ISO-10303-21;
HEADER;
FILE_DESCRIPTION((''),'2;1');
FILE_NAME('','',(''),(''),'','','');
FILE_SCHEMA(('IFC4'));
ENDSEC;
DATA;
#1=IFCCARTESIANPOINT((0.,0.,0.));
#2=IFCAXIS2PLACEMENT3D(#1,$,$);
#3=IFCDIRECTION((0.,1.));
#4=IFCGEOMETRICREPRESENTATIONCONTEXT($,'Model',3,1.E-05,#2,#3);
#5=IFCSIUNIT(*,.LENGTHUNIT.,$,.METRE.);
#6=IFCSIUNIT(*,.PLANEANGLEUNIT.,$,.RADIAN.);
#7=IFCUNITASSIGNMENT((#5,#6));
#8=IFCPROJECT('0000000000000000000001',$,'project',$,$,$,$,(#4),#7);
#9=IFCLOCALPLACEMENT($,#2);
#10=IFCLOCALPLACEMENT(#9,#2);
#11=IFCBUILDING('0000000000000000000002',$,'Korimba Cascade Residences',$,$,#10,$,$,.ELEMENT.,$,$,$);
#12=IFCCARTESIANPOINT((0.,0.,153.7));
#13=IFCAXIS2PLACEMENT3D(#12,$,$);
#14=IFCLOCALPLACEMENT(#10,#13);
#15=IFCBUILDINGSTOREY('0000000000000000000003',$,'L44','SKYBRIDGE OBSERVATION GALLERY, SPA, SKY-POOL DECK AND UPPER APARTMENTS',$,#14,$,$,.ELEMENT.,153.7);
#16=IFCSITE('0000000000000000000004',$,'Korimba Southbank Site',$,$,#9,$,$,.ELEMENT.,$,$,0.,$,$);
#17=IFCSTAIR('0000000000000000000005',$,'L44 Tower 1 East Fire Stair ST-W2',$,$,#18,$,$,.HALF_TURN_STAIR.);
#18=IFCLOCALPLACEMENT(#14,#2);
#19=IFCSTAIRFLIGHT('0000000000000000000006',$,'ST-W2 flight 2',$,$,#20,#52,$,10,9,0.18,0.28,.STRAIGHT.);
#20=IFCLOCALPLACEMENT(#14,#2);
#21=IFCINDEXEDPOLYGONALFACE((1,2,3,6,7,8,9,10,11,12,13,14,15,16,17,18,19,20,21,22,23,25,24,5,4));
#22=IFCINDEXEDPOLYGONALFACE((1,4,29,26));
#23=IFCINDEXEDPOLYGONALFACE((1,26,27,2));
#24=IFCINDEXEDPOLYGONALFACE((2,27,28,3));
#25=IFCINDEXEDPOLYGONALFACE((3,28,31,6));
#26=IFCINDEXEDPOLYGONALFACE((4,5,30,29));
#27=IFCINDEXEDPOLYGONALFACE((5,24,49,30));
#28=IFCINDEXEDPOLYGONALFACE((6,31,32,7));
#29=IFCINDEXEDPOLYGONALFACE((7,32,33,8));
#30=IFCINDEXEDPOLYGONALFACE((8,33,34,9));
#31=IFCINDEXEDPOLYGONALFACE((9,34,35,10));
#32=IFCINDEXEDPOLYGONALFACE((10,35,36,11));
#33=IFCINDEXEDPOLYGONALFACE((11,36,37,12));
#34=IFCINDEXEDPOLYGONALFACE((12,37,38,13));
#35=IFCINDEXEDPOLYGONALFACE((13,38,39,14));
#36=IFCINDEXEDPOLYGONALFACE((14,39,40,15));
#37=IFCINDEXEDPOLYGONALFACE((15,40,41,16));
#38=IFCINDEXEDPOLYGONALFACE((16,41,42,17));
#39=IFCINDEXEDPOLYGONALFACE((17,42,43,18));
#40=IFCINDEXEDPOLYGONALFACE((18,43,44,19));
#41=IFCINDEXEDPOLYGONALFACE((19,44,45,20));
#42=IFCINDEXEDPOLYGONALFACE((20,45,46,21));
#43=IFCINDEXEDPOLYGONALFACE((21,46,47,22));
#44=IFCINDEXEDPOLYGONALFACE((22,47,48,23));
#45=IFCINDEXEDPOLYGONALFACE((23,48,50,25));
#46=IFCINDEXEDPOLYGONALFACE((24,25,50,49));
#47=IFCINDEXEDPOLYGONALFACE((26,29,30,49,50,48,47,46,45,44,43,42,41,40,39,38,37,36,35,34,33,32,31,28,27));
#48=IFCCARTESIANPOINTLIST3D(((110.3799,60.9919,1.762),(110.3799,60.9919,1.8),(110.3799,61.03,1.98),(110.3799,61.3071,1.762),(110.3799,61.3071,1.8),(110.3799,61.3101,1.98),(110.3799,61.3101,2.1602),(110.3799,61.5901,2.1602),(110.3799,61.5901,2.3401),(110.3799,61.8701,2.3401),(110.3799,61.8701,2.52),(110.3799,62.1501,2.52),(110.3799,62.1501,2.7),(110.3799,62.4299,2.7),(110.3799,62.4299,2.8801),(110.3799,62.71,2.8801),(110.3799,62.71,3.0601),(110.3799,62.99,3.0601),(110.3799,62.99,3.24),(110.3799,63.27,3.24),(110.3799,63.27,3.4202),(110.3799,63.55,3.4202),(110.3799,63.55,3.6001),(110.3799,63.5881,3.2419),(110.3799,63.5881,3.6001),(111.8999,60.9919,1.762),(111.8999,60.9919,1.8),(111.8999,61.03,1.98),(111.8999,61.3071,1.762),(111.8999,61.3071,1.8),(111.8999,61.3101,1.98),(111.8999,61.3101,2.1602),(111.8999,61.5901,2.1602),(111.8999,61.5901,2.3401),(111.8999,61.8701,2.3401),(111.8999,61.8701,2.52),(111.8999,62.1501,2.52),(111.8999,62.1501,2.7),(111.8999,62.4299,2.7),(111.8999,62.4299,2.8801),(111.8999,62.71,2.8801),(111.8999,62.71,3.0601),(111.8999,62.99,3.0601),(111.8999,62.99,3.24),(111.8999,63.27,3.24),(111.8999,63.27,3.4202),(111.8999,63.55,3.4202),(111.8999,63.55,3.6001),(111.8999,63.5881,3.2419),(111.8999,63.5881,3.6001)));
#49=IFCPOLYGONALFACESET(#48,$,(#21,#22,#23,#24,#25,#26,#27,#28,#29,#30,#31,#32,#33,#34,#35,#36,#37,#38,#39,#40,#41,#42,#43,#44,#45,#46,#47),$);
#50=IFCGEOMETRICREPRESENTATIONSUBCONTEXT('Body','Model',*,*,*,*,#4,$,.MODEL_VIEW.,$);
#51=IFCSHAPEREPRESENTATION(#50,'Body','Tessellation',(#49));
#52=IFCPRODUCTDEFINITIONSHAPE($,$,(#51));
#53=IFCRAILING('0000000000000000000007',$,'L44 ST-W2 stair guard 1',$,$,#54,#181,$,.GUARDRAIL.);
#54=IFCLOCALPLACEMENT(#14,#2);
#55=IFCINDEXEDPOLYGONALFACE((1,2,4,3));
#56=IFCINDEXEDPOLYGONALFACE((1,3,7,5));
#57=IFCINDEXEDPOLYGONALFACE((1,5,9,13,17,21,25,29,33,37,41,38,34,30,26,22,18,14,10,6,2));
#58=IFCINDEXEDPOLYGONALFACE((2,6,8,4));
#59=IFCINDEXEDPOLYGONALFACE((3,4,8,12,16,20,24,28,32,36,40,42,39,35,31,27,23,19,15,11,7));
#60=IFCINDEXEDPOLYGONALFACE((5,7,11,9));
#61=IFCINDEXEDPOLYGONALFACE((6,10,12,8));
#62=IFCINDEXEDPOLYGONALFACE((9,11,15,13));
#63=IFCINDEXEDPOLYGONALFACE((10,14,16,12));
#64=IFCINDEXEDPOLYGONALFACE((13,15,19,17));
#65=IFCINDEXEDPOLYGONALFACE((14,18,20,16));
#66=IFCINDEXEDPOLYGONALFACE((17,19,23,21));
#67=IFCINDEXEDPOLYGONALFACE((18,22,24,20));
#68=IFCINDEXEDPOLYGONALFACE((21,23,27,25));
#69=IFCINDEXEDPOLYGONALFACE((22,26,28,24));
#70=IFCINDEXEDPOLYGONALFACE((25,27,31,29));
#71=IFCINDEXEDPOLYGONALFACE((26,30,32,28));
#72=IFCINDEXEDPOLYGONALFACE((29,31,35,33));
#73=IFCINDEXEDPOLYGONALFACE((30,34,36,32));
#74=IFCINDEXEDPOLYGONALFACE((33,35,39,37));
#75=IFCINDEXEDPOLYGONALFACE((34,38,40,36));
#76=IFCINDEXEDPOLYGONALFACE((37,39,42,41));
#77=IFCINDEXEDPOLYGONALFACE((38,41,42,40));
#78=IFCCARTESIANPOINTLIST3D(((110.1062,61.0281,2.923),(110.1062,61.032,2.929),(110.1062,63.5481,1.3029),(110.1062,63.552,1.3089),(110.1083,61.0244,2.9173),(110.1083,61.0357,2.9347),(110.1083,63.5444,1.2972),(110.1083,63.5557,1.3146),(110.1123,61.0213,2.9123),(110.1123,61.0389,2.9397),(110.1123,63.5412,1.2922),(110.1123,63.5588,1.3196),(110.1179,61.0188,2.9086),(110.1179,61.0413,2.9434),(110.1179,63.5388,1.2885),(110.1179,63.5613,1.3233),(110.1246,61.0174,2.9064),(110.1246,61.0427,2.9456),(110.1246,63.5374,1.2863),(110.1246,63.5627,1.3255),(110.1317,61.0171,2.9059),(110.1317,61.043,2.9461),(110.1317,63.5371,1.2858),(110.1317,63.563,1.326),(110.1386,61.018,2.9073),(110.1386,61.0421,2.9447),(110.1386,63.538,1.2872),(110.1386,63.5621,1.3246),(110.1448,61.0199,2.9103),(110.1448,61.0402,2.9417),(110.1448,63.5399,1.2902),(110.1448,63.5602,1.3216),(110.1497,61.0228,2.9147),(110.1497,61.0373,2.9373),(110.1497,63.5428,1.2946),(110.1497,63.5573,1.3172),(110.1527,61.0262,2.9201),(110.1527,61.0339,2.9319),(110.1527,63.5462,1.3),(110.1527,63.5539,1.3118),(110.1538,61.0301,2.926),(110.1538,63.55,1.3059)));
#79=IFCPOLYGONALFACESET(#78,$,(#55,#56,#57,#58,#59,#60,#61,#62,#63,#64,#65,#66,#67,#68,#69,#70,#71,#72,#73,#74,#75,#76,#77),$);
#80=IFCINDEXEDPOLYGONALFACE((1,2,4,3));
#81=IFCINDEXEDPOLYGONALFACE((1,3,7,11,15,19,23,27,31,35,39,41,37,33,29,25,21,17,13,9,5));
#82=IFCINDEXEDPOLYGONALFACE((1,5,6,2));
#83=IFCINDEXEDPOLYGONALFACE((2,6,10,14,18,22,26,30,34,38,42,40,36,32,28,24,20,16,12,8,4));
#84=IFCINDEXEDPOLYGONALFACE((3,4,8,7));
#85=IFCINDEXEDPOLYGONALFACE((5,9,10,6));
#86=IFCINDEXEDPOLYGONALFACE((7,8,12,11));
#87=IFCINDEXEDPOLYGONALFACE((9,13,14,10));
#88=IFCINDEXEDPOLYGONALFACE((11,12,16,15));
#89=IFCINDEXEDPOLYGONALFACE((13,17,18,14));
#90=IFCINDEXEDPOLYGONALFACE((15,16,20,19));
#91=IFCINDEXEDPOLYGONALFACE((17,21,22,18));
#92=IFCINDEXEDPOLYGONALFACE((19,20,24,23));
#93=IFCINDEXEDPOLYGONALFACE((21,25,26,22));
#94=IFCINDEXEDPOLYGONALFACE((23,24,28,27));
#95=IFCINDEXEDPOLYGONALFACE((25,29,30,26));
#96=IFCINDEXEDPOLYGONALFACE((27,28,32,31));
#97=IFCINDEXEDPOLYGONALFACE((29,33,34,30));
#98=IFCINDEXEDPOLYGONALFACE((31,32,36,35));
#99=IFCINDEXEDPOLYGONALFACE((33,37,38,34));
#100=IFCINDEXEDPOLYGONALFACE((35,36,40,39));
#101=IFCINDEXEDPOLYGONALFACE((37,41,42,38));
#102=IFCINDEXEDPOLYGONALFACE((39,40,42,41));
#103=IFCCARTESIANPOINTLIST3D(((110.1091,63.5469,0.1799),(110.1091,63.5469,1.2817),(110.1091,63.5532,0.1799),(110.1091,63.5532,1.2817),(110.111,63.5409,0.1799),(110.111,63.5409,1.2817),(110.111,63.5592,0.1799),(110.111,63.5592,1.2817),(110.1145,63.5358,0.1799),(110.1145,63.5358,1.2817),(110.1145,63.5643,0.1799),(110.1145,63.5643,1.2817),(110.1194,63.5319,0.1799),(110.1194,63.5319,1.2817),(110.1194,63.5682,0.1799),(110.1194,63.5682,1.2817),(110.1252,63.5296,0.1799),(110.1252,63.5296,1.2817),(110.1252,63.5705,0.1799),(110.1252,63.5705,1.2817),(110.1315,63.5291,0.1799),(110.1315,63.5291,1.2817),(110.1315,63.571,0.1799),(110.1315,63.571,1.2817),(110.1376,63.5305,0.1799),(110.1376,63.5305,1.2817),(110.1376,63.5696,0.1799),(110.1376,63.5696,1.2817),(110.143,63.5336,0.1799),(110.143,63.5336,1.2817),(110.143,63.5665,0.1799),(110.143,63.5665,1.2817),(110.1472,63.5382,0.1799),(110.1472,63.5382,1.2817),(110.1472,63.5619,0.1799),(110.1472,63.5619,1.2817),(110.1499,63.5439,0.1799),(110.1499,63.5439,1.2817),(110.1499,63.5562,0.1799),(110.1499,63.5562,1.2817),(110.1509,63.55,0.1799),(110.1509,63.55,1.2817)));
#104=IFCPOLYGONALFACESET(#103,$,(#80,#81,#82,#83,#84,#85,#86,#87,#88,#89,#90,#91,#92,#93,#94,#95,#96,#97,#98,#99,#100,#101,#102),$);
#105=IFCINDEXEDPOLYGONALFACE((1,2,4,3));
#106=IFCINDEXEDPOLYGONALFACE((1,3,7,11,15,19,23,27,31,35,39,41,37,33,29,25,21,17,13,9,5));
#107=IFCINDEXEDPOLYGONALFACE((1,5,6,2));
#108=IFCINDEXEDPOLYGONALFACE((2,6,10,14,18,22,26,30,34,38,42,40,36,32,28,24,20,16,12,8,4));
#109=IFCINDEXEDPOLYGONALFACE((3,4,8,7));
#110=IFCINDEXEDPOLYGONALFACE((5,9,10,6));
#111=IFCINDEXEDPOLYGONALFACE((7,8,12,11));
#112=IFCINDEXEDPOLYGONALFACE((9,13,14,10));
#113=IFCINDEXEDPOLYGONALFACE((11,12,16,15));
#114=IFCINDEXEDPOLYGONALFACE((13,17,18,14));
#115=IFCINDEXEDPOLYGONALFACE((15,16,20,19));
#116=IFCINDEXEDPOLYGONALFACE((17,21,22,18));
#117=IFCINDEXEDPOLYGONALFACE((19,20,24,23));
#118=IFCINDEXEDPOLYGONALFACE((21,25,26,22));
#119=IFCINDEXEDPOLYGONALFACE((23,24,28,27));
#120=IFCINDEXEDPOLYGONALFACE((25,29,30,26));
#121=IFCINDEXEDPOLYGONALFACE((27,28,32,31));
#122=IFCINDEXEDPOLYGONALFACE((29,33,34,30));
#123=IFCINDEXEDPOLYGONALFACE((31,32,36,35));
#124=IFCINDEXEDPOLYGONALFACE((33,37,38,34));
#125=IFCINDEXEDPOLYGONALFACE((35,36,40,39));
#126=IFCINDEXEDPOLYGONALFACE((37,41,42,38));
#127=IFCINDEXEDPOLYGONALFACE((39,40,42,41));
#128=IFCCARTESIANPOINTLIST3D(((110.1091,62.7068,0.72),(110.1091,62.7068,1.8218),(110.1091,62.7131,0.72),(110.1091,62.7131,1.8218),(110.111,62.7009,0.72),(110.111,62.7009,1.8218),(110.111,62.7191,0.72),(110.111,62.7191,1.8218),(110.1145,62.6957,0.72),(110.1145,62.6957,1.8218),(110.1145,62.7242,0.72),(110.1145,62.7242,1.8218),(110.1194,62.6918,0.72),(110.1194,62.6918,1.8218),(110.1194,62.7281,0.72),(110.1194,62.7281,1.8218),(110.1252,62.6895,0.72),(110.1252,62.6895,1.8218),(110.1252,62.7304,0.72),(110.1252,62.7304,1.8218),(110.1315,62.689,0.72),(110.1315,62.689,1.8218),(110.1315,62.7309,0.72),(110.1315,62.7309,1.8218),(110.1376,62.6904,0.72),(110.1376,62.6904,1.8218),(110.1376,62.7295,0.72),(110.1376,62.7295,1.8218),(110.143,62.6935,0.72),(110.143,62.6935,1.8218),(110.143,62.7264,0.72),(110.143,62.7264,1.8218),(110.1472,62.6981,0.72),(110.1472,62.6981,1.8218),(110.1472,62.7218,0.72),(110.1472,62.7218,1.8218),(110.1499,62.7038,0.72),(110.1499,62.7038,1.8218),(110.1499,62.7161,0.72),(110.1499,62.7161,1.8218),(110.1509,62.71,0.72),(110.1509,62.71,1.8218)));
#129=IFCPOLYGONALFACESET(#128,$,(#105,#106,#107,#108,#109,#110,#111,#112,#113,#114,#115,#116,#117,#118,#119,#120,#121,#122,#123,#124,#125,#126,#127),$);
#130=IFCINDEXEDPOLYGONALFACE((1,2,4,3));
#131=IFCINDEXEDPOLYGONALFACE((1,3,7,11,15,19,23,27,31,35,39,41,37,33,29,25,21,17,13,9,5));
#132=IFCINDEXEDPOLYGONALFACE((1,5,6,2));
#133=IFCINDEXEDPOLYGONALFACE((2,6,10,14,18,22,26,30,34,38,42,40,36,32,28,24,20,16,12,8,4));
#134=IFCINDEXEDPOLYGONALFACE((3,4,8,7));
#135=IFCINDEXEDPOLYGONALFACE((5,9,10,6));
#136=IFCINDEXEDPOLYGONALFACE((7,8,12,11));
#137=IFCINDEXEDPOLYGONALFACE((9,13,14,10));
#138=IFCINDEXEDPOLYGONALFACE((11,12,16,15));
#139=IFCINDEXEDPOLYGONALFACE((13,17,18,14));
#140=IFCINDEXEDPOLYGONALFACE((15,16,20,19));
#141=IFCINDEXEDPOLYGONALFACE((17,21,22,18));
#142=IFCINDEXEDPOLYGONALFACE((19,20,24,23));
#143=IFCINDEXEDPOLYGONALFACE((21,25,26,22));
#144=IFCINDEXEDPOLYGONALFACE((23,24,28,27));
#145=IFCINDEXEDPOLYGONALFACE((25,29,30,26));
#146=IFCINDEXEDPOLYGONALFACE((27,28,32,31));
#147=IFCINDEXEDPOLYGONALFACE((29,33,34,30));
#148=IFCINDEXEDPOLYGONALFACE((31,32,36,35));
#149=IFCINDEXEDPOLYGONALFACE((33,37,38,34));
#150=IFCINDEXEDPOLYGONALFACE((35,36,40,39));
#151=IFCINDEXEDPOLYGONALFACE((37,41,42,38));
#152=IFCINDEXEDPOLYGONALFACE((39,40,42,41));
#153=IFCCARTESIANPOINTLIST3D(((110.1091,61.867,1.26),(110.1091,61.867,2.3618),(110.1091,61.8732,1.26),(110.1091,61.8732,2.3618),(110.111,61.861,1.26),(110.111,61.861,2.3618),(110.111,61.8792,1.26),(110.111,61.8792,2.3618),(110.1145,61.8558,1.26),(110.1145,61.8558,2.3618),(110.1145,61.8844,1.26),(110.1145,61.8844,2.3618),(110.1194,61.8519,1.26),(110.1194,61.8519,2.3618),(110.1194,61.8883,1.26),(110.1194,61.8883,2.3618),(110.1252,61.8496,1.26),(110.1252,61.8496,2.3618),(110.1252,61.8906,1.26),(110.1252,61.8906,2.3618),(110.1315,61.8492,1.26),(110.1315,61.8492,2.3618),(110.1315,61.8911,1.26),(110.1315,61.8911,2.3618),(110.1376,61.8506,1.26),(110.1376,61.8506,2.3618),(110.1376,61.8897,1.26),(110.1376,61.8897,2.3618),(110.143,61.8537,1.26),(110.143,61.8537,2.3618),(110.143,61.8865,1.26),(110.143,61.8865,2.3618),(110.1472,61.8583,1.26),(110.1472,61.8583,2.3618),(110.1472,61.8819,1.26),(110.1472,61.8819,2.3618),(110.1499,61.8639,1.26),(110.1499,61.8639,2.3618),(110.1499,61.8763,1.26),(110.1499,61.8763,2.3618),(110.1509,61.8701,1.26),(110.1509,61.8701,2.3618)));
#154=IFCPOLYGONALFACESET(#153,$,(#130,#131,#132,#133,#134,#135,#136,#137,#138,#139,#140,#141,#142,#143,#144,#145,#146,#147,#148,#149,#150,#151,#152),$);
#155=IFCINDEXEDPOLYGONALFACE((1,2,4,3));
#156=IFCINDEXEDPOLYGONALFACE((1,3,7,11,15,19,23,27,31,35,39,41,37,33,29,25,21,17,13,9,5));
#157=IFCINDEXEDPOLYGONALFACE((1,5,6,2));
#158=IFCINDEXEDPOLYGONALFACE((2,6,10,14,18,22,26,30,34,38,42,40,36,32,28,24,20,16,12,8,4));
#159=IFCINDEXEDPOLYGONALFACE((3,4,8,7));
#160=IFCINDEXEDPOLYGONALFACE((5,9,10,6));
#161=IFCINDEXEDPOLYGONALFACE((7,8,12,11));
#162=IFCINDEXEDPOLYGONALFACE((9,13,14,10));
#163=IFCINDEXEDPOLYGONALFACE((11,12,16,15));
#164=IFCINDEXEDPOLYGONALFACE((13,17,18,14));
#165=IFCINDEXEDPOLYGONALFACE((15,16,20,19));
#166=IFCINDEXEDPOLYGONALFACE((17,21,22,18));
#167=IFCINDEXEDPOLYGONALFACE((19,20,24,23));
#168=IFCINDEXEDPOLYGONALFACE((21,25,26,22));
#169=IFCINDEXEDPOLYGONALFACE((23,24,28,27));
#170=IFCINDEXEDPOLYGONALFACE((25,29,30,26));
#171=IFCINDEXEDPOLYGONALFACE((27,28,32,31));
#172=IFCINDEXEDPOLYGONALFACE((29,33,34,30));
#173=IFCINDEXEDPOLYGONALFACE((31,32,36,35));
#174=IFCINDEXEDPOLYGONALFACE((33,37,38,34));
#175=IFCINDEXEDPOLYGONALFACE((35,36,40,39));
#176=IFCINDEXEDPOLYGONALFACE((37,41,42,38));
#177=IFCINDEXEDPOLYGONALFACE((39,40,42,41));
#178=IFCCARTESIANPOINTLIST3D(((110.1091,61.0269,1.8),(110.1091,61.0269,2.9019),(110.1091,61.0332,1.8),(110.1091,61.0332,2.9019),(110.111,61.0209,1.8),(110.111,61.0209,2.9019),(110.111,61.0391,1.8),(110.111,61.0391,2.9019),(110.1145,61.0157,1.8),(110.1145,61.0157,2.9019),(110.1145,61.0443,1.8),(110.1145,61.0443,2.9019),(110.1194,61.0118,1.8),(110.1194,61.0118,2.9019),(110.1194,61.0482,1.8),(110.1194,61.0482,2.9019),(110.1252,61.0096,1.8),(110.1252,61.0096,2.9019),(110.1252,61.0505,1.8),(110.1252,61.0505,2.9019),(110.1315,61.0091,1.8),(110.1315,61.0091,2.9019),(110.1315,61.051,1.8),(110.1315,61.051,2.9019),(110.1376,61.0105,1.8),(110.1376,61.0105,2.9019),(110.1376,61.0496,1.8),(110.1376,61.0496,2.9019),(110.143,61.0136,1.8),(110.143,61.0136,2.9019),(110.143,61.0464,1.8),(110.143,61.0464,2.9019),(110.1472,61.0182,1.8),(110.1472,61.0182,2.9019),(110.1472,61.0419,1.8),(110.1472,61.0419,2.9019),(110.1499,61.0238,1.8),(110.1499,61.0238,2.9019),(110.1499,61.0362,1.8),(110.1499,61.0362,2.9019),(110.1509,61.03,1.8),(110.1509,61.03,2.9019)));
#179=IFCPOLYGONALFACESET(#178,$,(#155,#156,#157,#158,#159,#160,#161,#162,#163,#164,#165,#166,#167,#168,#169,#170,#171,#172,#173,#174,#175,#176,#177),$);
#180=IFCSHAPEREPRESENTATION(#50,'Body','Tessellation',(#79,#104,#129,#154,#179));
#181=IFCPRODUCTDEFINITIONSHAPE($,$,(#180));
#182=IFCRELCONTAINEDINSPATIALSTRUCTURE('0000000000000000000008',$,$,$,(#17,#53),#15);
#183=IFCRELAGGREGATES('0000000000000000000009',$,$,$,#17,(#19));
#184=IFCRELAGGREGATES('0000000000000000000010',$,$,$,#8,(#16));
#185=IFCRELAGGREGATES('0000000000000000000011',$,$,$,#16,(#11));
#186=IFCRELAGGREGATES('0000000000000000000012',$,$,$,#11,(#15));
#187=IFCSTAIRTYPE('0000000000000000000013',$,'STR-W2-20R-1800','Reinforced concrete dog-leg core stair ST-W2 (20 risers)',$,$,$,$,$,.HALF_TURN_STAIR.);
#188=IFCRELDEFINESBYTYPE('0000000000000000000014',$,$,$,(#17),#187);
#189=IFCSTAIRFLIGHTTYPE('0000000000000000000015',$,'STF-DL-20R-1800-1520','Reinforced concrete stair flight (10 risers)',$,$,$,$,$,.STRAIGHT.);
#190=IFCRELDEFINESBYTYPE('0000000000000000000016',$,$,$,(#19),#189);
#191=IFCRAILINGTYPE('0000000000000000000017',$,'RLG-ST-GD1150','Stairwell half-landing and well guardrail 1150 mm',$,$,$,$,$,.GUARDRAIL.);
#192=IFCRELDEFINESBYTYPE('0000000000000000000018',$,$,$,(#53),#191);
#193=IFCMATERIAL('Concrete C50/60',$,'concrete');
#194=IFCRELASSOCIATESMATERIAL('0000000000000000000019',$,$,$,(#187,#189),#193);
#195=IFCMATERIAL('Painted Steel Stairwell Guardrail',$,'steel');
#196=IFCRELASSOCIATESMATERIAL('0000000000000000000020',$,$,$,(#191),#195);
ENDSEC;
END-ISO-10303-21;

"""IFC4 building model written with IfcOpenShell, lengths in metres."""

from ifc_helpers import new_model, si_unit, direction, frame, origin, origin_2d, place, context, subcontext, project, spatial, polyline, circle, outline, extrude, material, type_object, element, aggregate, save


model = new_model("IFC4")

# Units and contexts
model_context = context("Model", 3, precision=1e-05, world=origin(), true_north=direction((0.0, 1.0)))
body_context = subcontext(model_context, "Body", "Model", "MODEL_VIEW")
ifc_project = project(units=[si_unit("LENGTHUNIT", "METRE"), si_unit("PLANEANGLEUNIT", "RADIAN")], contexts=[model_context])

# Site, building, storey
site_placement = place(None, origin())
site = spatial("IfcSite", under=ifc_project, at=site_placement, Name="Korimba Southbank Site", CompositionType="ELEMENT", RefElevation=0.0)
building_placement = place(site_placement, origin())
building = spatial("IfcBuilding", under=site, at=building_placement, Name="Korimba Cascade Residences", CompositionType="ELEMENT")
storey_placement = place(building_placement, frame((0.0, 0.0, 153.7)))
storey = spatial("IfcBuildingStorey", under=building, at=storey_placement, Name="L44", Description="SKYBRIDGE OBSERVATION GALLERY, SPA, SKY-POOL DECK AND UPPER APARTMENTS", CompositionType="ELEMENT", Elevation=153.7)

# Shared definitions
ifc_material_1 = material(Name="Concrete C50/60", Category="concrete")

# Stair, stair flight
stair_type = type_object("IfcStairType", Name="STR-W2-20R-1800", Description="Reinforced concrete dog-leg core stair ST-W2 (20 risers)", PredefinedType="HALF_TURN_STAIR", material=ifc_material_1)
stair_placement = place(storey_placement, origin())
stair = element("IfcStair", 1, at=stair_placement, inside=storey, type_object=stair_type, Name="L44 Tower 1 East Fire Stair ST-W2", PredefinedType="HALF_TURN_STAIR")
stair_flight_type = type_object("IfcStairFlightType", Name="STF-DL-20R-1800-1520", Description="Reinforced concrete stair flight (10 risers)", PredefinedType="STRAIGHT", material=ifc_material_1)
stair_flight_1_placement = place(storey_placement, frame((111.1399, 61.03, 1.8), z_axis=(0.0, 0.0, 1.0), x_axis=(0.0, 1.0, 0.0)))
stair_flight_1 = element("IfcStairFlight", 2, at=stair_flight_1_placement, type_object=stair_flight_type, Name="ST-W2 flight 2", NumberOfRisers=10, NumberOfTreads=9, PredefinedType="STRAIGHT", RiserHeight=0.18, TreadLength=0.28, context=body_context, shape_type="SweptSolid", body=[
    extrude(outline(polyline([(-0.0381, 0.0), (0.0, 0.1799), (0.28, 0.1799), (0.28, 0.3601), (0.5601, 0.3601), (0.5601, 0.54), (0.8401, 0.54), (0.8401, 0.72), (1.1201, 0.72), (1.1201, 0.8999), (1.3999, 0.8999), (1.3999, 1.0801), (1.6799, 1.0801), (1.6799, 1.26), (1.96, 1.26), (1.96, 1.4399), (2.24, 1.4399), (2.24, 1.6201), (2.52, 1.6201), (2.52, 1.8), (2.5581, 1.8), (2.5581, 1.4419), (0.2771, 0.0), (0.2771, -0.0381), (-0.0381, -0.0381), (-0.0381, 0.0)])), frame((0.0, 0.76, 0.0), z_axis=(0.0, -1.0, 0.0), x_axis=(1.0, 0.0, 0.0)), (0.0, 0.0, 1.0), 1.52),
])
aggregate(stair, [stair_flight_1])

# Railing
ifc_material_2 = material(Name="Painted Steel Stairwell Guardrail", Category="steel")
railing_type_1 = type_object("IfcRailingType", Name="RLG-ST-GD1150", Description="Stairwell half-landing and well guardrail 1150 mm", PredefinedType="GUARDRAIL", material=ifc_material_2)
railing_1_placement = place(storey_placement, frame((110.1299, 63.55, 0.1799)))
element("IfcRailing", 3, at=railing_1_placement, inside=storey, type_object=railing_type_1, Name="L44 ST-W2 stair guard 1", PredefinedType="GUARDRAIL", context=body_context, shape_type="SweptSolid", body=[
    extrude(circle(Radius=0.0239, at=origin_2d()), frame((0.0, 0.0, 1.126), z_axis=(0.0, -0.841163, 0.540782), x_axis=(1.0, 0.0, 0.0)), (0.0, 0.0, 1.0), 2.9958),
    extrude(circle(Radius=0.021, at=origin_2d()), origin(), (0.0, 0.0, 1.0), 1.1018),
    extrude(circle(Radius=0.021, at=origin_2d()), frame((0.0, -0.8401, 0.54)), (0.0, 0.0, 1.0), 1.1018),
    extrude(circle(Radius=0.021, at=origin_2d()), frame((0.0, -1.6799, 1.0801)), (0.0, 0.0, 1.0), 1.1018),
    extrude(circle(Radius=0.021, at=origin_2d()), frame((0.0, -2.52, 1.6201)), (0.0, 0.0, 1.0), 1.1018),
])

save(model, "model.ifc")
